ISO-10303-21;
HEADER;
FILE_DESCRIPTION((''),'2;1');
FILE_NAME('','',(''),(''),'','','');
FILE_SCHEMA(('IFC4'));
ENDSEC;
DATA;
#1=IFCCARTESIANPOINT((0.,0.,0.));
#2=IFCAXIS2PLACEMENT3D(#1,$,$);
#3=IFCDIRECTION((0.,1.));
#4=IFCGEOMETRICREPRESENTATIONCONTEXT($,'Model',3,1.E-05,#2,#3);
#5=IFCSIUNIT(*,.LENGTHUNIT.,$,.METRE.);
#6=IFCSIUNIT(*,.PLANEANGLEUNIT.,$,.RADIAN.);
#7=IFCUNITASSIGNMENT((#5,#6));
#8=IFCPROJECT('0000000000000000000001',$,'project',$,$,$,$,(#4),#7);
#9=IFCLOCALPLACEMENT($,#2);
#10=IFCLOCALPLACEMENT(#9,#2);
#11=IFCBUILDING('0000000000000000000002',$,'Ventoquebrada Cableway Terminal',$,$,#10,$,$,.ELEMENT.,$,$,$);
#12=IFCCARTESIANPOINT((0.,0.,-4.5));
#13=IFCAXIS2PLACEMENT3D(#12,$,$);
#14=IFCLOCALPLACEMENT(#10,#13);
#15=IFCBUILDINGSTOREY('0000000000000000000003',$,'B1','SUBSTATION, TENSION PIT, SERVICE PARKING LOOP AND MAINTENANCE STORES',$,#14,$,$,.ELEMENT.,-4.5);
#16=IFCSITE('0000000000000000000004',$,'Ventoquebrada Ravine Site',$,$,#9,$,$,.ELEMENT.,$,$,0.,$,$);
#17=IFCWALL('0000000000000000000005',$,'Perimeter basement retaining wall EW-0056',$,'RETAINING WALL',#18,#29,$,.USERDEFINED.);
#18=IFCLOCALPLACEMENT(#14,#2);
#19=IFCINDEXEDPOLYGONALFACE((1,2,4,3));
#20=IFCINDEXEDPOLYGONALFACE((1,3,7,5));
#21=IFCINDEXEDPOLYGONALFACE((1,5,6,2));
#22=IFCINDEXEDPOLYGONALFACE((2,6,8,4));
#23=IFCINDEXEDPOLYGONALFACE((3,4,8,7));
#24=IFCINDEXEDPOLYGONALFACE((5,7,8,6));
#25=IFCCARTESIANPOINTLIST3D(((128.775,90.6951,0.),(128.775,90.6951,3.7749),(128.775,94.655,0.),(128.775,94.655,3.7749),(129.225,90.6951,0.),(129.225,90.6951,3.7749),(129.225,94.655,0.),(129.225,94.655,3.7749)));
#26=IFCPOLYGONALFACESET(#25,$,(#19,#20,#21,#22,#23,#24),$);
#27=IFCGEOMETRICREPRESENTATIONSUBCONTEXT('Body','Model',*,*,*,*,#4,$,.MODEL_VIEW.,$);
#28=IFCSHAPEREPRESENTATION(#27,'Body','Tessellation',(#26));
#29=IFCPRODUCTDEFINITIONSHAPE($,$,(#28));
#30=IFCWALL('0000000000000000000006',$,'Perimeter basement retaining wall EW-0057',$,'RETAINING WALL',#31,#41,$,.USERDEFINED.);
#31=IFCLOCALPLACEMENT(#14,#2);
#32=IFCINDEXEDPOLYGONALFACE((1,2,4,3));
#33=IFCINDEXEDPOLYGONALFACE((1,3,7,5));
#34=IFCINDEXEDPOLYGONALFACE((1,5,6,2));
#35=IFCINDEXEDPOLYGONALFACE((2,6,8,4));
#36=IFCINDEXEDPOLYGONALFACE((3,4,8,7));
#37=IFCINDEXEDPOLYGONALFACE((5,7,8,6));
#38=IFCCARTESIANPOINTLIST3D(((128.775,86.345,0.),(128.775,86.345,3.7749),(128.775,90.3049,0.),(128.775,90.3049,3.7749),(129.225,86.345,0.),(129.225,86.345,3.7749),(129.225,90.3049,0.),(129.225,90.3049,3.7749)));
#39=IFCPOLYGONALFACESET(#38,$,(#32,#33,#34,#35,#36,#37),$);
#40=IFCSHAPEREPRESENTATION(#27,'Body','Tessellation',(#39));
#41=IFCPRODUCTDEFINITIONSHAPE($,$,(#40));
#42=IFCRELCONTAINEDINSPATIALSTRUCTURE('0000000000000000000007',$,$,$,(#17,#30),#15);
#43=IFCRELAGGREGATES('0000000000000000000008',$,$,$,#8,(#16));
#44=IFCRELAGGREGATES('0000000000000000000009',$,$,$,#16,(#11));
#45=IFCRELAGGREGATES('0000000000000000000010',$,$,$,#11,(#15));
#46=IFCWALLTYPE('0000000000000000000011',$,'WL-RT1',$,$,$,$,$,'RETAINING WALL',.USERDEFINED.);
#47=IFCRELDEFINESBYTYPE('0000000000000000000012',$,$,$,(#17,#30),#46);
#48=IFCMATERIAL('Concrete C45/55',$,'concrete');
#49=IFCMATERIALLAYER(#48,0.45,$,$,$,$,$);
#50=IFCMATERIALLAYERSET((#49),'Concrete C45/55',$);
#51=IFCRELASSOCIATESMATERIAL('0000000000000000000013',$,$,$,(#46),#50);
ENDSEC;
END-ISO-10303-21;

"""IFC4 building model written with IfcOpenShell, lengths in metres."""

from ifc_helpers import new_model, si_unit, direction, frame, frame_2d, origin, place, context, subcontext, project, spatial, rectangle, extrude, material, layer, layer_set, type_object, element, save


model = new_model("IFC4")

# Units and contexts
model_context = context("Model", 3, precision=1e-05, world=origin(), true_north=direction((0.0, 1.0)))
body_context = subcontext(model_context, "Body", "Model", "MODEL_VIEW")
ifc_project = project(units=[si_unit("LENGTHUNIT", "METRE"), si_unit("PLANEANGLEUNIT", "RADIAN")], contexts=[model_context])

# Site, building, storey
site_placement = place(None, origin())
site = spatial("IfcSite", under=ifc_project, at=site_placement, Name="Ventoquebrada Ravine Site", CompositionType="ELEMENT", RefElevation=0.0)
building_placement = place(site_placement, origin())
building = spatial("IfcBuilding", under=site, at=building_placement, Name="Ventoquebrada Cableway Terminal", CompositionType="ELEMENT")
storey_placement = place(building_placement, frame((0.0, 0.0, -4.5)))
storey = spatial("IfcBuildingStorey", under=building, at=storey_placement, Name="B1", Description="SUBSTATION, TENSION PIT, SERVICE PARKING LOOP AND MAINTENANCE STORES", CompositionType="ELEMENT", Elevation=-4.5)

# Walls
ifc_material_1 = material(Name="Concrete C45/55", Category="concrete")
ifc_layer_1 = layer(ifc_material_1, 0.45)
ifc_layer_set_1 = layer_set([ifc_layer_1], Name="Concrete C45/55")
wall_type_1 = type_object("IfcWallType", Name="WL-RT1", ElementType="RETAINING WALL", PredefinedType="USERDEFINED", material=ifc_layer_set_1)
for number, where, z_axis, x_axis, name in (
    (1, (129.0, 94.655, 0.0), (0.0, 0.0, 1.0), (0.0, -1.0, 0.0), "Perimeter basement retaining wall EW-0056"),
    (2, (129.0, 90.3049, 0.0), (0.0, 0.0, 1.0), (0.0, -1.0, 0.0), "Perimeter basement retaining wall EW-0057"),
):
    element("IfcWall", number, at=place(storey_placement, frame(where, z_axis=z_axis, x_axis=x_axis)), inside=storey, type_object=wall_type_1, Name=name, ObjectType="RETAINING WALL", PredefinedType="USERDEFINED", context=body_context, shape_type="SweptSolid", body=[
        extrude(rectangle(XDim=3.96, YDim=0.45, at=frame_2d((1.98, 0.0))), origin(), (0.0, 0.0, 1.0), 3.7749),
    ])

save(model, "model.ifc")
